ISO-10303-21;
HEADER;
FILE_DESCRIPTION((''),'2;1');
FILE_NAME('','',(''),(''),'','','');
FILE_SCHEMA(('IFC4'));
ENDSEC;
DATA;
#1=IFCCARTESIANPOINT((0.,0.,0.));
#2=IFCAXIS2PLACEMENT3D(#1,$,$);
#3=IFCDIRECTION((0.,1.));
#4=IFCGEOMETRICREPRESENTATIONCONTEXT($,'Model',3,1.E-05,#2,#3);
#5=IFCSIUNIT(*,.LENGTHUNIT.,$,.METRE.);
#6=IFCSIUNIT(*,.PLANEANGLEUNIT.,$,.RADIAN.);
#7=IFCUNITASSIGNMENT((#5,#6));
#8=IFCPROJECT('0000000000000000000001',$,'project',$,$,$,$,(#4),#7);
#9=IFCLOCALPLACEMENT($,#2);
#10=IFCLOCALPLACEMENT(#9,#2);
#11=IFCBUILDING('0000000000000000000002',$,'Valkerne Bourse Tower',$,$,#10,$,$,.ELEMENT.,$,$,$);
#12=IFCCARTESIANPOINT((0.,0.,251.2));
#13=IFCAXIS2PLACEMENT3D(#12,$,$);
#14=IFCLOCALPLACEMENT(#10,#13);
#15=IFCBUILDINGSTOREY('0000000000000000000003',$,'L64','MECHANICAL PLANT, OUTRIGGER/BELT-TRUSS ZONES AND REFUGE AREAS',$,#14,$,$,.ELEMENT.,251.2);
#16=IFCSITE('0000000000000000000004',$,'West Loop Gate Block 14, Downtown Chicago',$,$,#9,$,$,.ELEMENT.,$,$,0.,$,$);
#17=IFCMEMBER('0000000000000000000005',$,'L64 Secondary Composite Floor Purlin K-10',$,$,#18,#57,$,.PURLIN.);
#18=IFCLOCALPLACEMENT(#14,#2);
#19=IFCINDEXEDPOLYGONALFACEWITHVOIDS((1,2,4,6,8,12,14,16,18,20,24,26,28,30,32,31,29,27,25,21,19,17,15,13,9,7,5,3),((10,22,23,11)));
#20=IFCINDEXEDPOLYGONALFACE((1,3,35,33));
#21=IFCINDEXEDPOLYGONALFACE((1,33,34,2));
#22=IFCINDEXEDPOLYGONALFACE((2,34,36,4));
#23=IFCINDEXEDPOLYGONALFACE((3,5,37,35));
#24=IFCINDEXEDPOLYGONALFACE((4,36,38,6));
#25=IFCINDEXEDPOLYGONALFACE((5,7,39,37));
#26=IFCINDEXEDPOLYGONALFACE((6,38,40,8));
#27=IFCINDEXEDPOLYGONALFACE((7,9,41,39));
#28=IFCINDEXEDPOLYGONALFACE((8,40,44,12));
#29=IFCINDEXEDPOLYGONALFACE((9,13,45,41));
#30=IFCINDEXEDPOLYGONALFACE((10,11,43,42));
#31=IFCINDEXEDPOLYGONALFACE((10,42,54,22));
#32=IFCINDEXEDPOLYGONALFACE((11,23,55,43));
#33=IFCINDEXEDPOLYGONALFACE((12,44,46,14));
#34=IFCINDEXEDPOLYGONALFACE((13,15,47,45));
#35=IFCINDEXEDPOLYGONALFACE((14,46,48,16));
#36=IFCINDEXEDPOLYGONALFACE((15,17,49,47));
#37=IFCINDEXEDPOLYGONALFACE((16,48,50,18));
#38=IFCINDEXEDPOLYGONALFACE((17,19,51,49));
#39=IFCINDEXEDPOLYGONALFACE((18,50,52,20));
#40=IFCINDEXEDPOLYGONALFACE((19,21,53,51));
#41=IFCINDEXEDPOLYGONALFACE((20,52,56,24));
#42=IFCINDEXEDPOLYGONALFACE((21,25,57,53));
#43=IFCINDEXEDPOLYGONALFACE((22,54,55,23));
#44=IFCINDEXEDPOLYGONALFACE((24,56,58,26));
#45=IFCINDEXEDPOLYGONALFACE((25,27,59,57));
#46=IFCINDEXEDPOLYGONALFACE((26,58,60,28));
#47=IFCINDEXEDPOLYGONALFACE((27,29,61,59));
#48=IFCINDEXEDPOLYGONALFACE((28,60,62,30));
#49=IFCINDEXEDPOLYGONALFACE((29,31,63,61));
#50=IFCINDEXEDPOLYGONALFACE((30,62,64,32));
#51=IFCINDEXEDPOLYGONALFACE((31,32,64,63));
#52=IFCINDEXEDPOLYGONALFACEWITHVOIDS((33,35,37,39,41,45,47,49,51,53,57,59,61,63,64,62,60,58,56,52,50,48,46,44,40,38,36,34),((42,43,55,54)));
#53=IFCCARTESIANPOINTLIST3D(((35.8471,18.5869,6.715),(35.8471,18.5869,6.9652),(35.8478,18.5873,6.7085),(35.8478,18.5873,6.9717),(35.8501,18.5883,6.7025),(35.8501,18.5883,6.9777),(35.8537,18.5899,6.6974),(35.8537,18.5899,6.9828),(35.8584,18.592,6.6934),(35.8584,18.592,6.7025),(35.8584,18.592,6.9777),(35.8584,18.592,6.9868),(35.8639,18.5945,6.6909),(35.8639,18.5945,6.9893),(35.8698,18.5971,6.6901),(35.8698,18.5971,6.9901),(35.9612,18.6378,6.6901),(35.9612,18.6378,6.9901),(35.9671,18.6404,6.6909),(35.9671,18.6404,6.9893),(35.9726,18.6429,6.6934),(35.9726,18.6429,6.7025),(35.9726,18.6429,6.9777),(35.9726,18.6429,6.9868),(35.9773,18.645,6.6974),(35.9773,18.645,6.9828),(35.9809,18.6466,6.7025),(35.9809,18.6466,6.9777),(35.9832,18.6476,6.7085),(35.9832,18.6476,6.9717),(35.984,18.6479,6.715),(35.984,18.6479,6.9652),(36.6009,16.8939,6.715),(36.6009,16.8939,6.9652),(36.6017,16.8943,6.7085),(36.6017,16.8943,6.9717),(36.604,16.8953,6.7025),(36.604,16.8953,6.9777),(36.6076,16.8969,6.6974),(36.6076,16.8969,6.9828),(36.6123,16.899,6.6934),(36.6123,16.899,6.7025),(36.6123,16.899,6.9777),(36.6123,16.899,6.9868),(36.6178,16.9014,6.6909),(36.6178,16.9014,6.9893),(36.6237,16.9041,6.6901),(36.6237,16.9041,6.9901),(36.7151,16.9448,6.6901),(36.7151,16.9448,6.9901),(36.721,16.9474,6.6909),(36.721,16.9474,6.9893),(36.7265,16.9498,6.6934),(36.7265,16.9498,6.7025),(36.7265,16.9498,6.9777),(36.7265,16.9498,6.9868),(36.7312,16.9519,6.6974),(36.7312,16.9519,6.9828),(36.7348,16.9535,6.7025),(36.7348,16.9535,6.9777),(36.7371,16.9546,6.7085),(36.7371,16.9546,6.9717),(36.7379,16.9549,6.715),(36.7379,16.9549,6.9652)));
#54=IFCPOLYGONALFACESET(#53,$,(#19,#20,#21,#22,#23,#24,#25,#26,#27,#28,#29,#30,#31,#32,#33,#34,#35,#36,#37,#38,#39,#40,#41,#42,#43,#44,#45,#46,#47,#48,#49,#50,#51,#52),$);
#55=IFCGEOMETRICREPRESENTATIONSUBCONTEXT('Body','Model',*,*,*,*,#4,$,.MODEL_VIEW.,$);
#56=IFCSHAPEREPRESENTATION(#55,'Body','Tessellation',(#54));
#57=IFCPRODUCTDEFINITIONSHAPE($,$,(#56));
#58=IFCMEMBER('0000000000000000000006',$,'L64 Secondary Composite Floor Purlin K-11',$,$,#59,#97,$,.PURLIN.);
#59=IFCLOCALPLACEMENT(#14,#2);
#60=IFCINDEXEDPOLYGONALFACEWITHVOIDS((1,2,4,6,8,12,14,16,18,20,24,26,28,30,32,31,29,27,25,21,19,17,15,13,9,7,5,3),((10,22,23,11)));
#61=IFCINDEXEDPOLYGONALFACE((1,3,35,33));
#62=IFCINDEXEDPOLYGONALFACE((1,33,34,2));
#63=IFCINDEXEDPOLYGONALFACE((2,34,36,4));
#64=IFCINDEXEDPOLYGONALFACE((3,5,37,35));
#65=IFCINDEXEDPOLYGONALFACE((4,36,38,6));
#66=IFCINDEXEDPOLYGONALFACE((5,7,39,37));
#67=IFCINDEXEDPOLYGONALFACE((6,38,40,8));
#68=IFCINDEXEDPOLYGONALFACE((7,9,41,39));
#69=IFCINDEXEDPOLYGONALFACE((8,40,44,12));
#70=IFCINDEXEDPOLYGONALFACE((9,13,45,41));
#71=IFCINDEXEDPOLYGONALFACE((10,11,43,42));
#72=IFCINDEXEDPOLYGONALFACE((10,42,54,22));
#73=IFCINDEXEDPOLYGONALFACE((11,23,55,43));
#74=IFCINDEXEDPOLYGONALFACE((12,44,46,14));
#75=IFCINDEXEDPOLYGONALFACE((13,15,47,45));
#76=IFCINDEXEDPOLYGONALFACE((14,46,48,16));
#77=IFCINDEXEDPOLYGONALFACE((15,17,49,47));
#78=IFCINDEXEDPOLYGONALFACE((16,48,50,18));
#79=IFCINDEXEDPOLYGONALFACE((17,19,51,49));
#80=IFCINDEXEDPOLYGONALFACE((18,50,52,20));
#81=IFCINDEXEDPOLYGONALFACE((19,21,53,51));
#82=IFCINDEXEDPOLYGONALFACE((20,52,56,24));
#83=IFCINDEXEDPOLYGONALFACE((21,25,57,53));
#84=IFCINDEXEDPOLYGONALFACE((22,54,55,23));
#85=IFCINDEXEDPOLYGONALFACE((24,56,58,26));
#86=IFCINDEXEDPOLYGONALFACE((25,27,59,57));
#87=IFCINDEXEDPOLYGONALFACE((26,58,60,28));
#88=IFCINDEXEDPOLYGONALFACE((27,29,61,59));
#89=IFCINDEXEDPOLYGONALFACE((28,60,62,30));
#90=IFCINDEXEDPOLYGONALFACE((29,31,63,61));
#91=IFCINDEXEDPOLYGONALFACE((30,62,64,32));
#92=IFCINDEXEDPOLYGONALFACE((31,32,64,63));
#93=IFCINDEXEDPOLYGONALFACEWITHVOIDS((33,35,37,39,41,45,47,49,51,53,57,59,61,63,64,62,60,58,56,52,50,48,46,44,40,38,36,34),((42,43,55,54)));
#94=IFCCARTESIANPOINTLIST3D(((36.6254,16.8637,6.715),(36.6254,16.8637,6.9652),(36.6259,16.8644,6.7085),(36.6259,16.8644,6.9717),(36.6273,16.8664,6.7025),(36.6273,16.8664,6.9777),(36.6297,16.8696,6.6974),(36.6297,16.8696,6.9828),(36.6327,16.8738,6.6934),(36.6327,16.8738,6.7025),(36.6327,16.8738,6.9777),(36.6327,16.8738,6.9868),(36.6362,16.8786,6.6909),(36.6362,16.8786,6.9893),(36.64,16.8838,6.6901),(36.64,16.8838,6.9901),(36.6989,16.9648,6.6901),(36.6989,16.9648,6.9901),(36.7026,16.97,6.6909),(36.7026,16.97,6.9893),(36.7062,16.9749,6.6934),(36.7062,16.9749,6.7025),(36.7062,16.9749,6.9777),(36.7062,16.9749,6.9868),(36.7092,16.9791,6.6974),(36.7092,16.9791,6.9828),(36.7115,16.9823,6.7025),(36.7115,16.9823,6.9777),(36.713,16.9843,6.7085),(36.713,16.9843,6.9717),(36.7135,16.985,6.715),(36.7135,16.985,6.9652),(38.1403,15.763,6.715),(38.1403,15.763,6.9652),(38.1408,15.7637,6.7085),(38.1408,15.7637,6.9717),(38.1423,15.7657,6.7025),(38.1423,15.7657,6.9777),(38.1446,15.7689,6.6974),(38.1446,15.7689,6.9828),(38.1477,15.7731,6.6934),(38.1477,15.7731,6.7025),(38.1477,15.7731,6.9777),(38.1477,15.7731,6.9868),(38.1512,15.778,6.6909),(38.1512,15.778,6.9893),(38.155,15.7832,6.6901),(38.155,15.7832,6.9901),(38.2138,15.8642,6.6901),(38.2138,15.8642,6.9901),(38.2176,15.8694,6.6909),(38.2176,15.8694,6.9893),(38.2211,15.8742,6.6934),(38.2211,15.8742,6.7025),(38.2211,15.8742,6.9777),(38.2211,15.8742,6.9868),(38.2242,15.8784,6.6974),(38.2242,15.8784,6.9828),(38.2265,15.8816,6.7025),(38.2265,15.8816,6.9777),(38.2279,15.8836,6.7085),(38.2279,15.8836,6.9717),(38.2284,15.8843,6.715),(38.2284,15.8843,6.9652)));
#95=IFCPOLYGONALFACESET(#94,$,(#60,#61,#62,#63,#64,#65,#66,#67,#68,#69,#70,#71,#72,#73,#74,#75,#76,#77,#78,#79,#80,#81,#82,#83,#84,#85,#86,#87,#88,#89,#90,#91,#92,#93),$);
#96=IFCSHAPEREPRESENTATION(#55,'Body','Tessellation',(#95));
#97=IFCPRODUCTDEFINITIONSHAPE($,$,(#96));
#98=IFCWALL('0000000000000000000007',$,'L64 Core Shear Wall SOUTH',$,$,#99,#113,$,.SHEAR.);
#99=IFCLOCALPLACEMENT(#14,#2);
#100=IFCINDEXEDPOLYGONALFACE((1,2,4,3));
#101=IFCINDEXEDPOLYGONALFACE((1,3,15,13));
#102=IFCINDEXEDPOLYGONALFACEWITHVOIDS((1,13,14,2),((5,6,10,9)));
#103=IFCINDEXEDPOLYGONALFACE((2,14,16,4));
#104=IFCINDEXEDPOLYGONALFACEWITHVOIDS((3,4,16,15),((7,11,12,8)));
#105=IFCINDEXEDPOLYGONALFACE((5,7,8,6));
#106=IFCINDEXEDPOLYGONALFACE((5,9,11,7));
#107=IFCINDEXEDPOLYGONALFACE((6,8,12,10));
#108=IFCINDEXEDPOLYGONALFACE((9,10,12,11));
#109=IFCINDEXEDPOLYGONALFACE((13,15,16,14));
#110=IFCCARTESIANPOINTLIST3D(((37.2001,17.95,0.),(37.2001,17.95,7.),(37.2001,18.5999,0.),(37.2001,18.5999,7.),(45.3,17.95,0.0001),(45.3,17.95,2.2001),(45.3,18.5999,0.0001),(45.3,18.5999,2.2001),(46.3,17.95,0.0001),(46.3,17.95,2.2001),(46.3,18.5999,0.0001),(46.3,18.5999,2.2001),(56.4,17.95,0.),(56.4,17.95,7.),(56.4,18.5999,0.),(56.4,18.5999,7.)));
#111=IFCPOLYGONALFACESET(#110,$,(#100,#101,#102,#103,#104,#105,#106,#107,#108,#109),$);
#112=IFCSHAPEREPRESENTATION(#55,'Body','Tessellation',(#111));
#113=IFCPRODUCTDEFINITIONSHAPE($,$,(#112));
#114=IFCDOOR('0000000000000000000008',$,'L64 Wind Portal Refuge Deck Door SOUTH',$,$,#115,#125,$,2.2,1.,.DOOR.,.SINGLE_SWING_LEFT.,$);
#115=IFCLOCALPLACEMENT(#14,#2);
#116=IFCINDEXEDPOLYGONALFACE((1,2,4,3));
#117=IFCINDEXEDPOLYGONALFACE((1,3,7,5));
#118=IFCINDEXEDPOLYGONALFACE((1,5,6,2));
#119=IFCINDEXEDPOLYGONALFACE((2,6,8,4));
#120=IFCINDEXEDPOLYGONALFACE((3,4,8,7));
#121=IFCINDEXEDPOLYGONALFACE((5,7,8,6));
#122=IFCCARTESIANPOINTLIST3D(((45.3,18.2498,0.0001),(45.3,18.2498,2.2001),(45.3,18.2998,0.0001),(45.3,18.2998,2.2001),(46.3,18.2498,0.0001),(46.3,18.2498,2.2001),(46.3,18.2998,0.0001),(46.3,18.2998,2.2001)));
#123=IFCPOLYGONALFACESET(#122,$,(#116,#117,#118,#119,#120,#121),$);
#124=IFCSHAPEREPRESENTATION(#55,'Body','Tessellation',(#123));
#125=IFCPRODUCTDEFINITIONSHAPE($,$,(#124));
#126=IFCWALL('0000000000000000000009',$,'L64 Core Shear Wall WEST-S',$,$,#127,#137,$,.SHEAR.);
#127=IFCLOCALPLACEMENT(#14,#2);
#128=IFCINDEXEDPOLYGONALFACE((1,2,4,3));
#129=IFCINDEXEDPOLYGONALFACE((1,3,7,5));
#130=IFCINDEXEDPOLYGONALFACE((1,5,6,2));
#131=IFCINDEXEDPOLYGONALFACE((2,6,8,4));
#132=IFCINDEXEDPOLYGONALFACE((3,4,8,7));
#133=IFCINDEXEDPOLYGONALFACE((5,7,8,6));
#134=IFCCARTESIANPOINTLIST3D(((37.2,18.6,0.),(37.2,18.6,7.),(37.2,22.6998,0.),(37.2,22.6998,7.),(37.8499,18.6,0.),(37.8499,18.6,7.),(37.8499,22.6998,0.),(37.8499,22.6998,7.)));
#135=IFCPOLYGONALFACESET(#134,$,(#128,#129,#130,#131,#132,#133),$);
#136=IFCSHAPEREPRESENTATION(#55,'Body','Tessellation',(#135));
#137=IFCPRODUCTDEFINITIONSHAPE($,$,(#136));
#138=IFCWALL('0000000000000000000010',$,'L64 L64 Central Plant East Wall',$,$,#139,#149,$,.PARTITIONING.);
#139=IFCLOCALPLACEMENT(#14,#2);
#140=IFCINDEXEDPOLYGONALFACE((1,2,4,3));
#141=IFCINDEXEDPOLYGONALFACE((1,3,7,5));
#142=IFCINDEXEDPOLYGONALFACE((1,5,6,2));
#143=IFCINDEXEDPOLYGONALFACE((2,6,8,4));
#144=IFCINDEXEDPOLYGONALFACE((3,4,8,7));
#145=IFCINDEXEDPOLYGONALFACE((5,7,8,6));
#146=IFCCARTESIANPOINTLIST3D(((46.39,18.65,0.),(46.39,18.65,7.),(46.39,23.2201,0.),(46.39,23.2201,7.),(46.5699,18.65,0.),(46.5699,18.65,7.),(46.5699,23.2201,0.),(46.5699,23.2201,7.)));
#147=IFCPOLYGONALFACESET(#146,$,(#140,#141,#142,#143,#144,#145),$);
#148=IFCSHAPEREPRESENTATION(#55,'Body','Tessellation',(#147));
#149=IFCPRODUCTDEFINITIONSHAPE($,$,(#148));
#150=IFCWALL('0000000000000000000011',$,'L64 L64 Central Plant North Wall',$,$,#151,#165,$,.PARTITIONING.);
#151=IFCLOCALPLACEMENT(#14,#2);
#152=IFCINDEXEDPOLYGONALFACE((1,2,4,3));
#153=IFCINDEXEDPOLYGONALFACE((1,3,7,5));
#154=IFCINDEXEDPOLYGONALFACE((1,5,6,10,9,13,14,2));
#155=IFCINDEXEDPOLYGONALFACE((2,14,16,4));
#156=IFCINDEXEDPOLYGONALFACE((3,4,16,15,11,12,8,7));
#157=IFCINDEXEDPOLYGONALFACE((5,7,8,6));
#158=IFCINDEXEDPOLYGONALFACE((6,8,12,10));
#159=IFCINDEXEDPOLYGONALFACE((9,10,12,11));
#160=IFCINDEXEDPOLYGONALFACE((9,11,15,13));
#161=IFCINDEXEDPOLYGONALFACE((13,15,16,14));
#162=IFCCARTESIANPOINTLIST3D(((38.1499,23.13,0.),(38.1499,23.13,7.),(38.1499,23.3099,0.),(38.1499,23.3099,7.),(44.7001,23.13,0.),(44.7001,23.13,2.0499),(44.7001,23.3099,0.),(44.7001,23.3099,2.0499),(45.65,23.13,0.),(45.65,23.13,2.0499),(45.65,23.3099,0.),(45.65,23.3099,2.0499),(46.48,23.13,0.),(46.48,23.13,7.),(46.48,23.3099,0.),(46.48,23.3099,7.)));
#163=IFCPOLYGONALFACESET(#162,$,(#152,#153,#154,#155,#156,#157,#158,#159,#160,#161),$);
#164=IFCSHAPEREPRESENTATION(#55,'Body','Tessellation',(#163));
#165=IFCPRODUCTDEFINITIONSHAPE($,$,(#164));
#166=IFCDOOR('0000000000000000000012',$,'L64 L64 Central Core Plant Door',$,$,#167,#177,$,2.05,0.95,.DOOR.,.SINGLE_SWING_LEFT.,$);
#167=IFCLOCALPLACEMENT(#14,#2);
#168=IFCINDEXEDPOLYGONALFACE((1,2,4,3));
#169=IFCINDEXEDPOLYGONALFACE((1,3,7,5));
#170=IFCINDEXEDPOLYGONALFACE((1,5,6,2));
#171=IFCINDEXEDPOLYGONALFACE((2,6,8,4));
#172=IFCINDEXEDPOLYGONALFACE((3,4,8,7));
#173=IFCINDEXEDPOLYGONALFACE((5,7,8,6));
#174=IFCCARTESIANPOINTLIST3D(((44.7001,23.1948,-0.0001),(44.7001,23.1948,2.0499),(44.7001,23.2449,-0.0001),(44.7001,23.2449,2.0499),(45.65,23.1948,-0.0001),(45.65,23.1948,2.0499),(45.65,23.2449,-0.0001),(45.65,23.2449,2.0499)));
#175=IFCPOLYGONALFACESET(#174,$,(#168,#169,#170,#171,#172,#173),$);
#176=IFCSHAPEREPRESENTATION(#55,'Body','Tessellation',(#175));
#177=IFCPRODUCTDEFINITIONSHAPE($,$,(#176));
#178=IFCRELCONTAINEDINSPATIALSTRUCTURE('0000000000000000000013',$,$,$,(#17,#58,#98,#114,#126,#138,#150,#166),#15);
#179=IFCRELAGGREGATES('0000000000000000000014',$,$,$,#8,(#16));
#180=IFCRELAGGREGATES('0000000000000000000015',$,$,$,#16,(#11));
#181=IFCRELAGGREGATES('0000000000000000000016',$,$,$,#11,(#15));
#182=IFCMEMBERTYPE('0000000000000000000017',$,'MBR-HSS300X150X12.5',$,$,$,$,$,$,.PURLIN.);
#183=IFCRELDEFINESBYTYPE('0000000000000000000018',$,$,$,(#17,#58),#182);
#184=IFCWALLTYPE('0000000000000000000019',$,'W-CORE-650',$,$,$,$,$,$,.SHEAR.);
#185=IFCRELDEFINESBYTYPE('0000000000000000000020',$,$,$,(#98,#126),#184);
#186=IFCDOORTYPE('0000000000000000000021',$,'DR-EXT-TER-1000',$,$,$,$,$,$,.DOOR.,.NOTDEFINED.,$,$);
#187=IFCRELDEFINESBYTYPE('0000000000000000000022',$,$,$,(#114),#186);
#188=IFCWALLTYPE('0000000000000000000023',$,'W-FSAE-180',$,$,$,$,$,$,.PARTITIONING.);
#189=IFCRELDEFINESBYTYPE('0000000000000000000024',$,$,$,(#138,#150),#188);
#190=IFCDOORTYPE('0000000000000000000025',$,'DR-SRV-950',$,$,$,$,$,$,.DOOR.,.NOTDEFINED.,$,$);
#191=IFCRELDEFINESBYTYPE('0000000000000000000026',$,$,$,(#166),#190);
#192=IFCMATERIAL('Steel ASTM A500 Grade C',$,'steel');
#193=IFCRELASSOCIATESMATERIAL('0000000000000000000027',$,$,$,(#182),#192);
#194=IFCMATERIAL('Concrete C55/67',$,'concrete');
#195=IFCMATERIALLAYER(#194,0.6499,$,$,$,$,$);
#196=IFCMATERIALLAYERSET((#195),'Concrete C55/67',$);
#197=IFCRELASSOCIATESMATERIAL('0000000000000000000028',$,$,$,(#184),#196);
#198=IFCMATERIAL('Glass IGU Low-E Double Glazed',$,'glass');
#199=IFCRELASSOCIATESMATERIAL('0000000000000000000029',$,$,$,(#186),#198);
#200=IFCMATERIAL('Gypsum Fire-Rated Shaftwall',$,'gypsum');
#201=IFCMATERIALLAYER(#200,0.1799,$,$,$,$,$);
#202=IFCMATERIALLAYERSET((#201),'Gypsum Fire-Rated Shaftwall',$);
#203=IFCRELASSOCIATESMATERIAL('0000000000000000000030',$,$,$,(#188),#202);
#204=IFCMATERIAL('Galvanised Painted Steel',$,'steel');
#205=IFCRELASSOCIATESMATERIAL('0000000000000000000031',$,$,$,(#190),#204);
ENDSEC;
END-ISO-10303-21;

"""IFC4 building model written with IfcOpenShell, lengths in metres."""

from ifc_helpers import new_model, si_unit, direction, frame, frame_2d, origin, origin_2d, place, context, subcontext, project, spatial, rectangle, hollow_rectangle, extrude, material, layer, layer_set, material_profile, profile_set, type_object, element, fill, save


model = new_model("IFC4")

# Units and contexts
model_context = context("Model", 3, precision=1e-05, world=origin(), true_north=direction((0.0, 1.0)))
body_context = subcontext(model_context, "Body", "Model", "MODEL_VIEW")
ifc_project = project(units=[si_unit("LENGTHUNIT", "METRE"), si_unit("PLANEANGLEUNIT", "RADIAN")], contexts=[model_context])

# Site, building, storey
site_placement = place(None, origin())
site = spatial("IfcSite", under=ifc_project, at=site_placement, Name="West Loop Gate Block 14, Downtown Chicago", CompositionType="ELEMENT", RefElevation=0.0)
building_placement = place(site_placement, origin())
building = spatial("IfcBuilding", under=site, at=building_placement, Name="Valkerne Bourse Tower", CompositionType="ELEMENT")
storey_placement = place(building_placement, frame((0.0, 0.0, 251.2)))
storey = spatial("IfcBuildingStorey", under=building, at=storey_placement, Name="L64", Description="MECHANICAL PLANT, OUTRIGGER/BELT-TRUSS ZONES AND REFUGE AREAS", CompositionType="ELEMENT", Elevation=251.2)

# Members
ifc_material_1 = material(Name="Steel ASTM A500 Grade C", Category="steel")
ifc_material_profile_1 = material_profile(ifc_material_1, hollow_rectangle(XDim=0.1499, YDim=0.3, WallThickness=0.0125, OuterFilletRadius=0.0249, at=origin_2d()), Name="HSS300X150X12.5")
ifc_profile_set_1 = profile_set([ifc_material_profile_1], Name="Steel ASTM A500 Grade C")
member_type = type_object("IfcMemberType", Name="MBR-HSS300X150X12.5", PredefinedType="PURLIN", material=ifc_profile_set_1)
member_1_placement = place(storey_placement, frame((35.9155, 18.6174, 6.8401), z_axis=(0.406774, -0.913529, 0.0), x_axis=(0.913529, 0.406774, 0.0)))
element("IfcMember", 1, at=member_1_placement, inside=storey, type_object=member_type, Name="L64 Secondary Composite Floor Purlin K-10", PredefinedType="PURLIN", context=body_context, shape_type="SweptSolid", body=[
    extrude(hollow_rectangle(XDim=0.1499, YDim=0.3, WallThickness=0.0125, OuterFilletRadius=0.0249, at=origin_2d()), origin(), (0.0, 0.0, 1.0), 1.8533),
])
member_2_placement = place(storey_placement, frame((36.6694, 16.9243, 6.8401), z_axis=(0.809029, -0.587768, 0.0), x_axis=(0.587768, 0.809029, 0.0)))
element("IfcMember", 2, at=member_2_placement, inside=storey, type_object=member_type, Name="L64 Secondary Composite Floor Purlin K-11", PredefinedType="PURLIN", context=body_context, shape_type="SweptSolid", body=[
    extrude(hollow_rectangle(XDim=0.1499, YDim=0.3, WallThickness=0.0125, OuterFilletRadius=0.0249, at=origin_2d()), origin(), (0.0, 0.0, 1.0), 1.8726),
])

# Wall, opening, door
ifc_material_2 = material(Name="Concrete C55/67", Category="concrete")
ifc_layer_1 = layer(ifc_material_2, 0.6499)
ifc_layer_set_1 = layer_set([ifc_layer_1], Name="Concrete C55/67")
wall_type_1 = type_object("IfcWallType", Name="W-CORE-650", PredefinedType="SHEAR", material=ifc_layer_set_1)
wall_1_placement = place(storey_placement, frame((37.2, 18.2749, 0.0), z_axis=(0.0, 0.0, 1.0), x_axis=(1.0, 0.0, 0.0)))
wall_1 = element("IfcWall", 3, at=wall_1_placement, inside=storey, type_object=wall_type_1, Name="L64 Core Shear Wall SOUTH", PredefinedType="SHEAR", context=body_context, shape_type="SweptSolid", body=[
    extrude(rectangle(XDim=19.2, YDim=0.6499, at=frame_2d((9.6001, 0.0))), origin(), (0.0, 0.0, 1.0), 7.0),
])
opening_1_placement = place(wall_1_placement, frame((8.1001, 0.0, 0.0)))
opening_1 = element("IfcOpeningElement", 4, at=opening_1_placement, cuts=wall_1, PredefinedType="OPENING", context=body_context, shape_type="SweptSolid", body=[
    extrude(rectangle(XDim=1.0, YDim=2.2, at=frame_2d((0.5, 1.1001))), frame((0.0, 0.335, 0.0), z_axis=(0.0, -1.0, 0.0), x_axis=(1.0, 0.0, 0.0)), (0.0, 0.0, 1.0), 0.6699),
])
ifc_material_3 = material(Name="Glass IGU Low-E Double Glazed", Category="glass")
door_type_1 = type_object("IfcDoorType", Name="DR-EXT-TER-1000", OperationType="NOTDEFINED", PredefinedType="DOOR", material=ifc_material_3)
door_1_placement = place(opening_1_placement, origin())
door_1 = element("IfcDoor", 5, at=door_1_placement, inside=storey, type_object=door_type_1, Name="L64 Wind Portal Refuge Deck Door SOUTH", OperationType="SINGLE_SWING_LEFT", OverallHeight=2.2, OverallWidth=1.0, PredefinedType="DOOR", context=body_context, shape_type="SweptSolid", body=[
    extrude(rectangle(XDim=1.0, YDim=2.2, at=frame_2d((0.5, 1.1001))), frame((0.0, 0.0249, 0.0), z_axis=(0.0, -1.0, 0.0), x_axis=(1.0, 0.0, 0.0)), (0.0, 0.0, 1.0), 0.05),
])
fill(opening_1, door_1)

# Walls
wall_2_placement = place(storey_placement, frame((37.5249, 18.6001, 0.0), z_axis=(0.0, 0.0, 1.0), x_axis=(0.0, 1.0, 0.0)))
element("IfcWall", 6, at=wall_2_placement, inside=storey, type_object=wall_type_1, Name="L64 Core Shear Wall WEST-S", PredefinedType="SHEAR", context=body_context, shape_type="SweptSolid", body=[
    extrude(rectangle(XDim=4.0999, YDim=0.6499, at=frame_2d((2.0498, 0.0))), origin(), (0.0, 0.0, 1.0), 7.0),
])
ifc_material_4 = material(Name="Gypsum Fire-Rated Shaftwall", Category="gypsum")
ifc_layer_2 = layer(ifc_material_4, 0.1799)
ifc_layer_set_2 = layer_set([ifc_layer_2], Name="Gypsum Fire-Rated Shaftwall")
wall_type_2 = type_object("IfcWallType", Name="W-FSAE-180", PredefinedType="PARTITIONING", material=ifc_layer_set_2)
wall_3_placement = place(storey_placement, frame((46.48, 18.6499, 0.0), z_axis=(0.0, 0.0, 1.0), x_axis=(0.0, 1.0, 0.0)))
element("IfcWall", 7, at=wall_3_placement, inside=storey, type_object=wall_type_2, Name="L64 L64 Central Plant East Wall", PredefinedType="PARTITIONING", context=body_context, shape_type="SweptSolid", body=[
    extrude(rectangle(XDim=4.5701, YDim=0.1799, at=frame_2d((2.2852, 0.0))), origin(), (0.0, 0.0, 1.0), 7.0),
])

# Wall, opening, door
wall_4_placement = place(storey_placement, frame((38.1499, 23.22, 0.0), z_axis=(0.0, 0.0, 1.0), x_axis=(1.0, 0.0, 0.0)))
wall_4 = element("IfcWall", 8, at=wall_4_placement, inside=storey, type_object=wall_type_2, Name="L64 L64 Central Plant North Wall", PredefinedType="PARTITIONING", context=body_context, shape_type="SweptSolid", body=[
    extrude(rectangle(XDim=8.3301, YDim=0.1799, at=frame_2d((4.165, 0.0))), origin(), (0.0, 0.0, 1.0), 7.0),
])
opening_2_placement = place(wall_4_placement, frame((6.55, 0.0, 0.0)))
opening_2 = element("IfcOpeningElement", 9, at=opening_2_placement, cuts=wall_4, PredefinedType="OPENING", context=body_context, shape_type="SweptSolid", body=[
    extrude(rectangle(XDim=0.95, YDim=2.05, at=frame_2d((0.4751, 1.0249))), frame((0.0, 0.0999, 0.0), z_axis=(0.0, -1.0, 0.0), x_axis=(1.0, 0.0, 0.0)), (0.0, 0.0, 1.0), 0.2),
])
ifc_material_5 = material(Name="Galvanised Painted Steel", Category="steel")
door_type_2 = type_object("IfcDoorType", Name="DR-SRV-950", OperationType="NOTDEFINED", PredefinedType="DOOR", material=ifc_material_5)
door_2_placement = place(opening_2_placement, origin())
door_2 = element("IfcDoor", 10, at=door_2_placement, inside=storey, type_object=door_type_2, Name="L64 L64 Central Core Plant Door", OperationType="SINGLE_SWING_LEFT", OverallHeight=2.05, OverallWidth=0.95, PredefinedType="DOOR", context=body_context, shape_type="SweptSolid", body=[
    extrude(rectangle(XDim=0.95, YDim=2.05, at=frame_2d((0.4751, 1.0249))), frame((0.0, 0.0249, 0.0), z_axis=(0.0, -1.0, 0.0), x_axis=(1.0, 0.0, 0.0)), (0.0, 0.0, 1.0), 0.05),
])
fill(opening_2, door_2)

save(model, "model.ifc")
